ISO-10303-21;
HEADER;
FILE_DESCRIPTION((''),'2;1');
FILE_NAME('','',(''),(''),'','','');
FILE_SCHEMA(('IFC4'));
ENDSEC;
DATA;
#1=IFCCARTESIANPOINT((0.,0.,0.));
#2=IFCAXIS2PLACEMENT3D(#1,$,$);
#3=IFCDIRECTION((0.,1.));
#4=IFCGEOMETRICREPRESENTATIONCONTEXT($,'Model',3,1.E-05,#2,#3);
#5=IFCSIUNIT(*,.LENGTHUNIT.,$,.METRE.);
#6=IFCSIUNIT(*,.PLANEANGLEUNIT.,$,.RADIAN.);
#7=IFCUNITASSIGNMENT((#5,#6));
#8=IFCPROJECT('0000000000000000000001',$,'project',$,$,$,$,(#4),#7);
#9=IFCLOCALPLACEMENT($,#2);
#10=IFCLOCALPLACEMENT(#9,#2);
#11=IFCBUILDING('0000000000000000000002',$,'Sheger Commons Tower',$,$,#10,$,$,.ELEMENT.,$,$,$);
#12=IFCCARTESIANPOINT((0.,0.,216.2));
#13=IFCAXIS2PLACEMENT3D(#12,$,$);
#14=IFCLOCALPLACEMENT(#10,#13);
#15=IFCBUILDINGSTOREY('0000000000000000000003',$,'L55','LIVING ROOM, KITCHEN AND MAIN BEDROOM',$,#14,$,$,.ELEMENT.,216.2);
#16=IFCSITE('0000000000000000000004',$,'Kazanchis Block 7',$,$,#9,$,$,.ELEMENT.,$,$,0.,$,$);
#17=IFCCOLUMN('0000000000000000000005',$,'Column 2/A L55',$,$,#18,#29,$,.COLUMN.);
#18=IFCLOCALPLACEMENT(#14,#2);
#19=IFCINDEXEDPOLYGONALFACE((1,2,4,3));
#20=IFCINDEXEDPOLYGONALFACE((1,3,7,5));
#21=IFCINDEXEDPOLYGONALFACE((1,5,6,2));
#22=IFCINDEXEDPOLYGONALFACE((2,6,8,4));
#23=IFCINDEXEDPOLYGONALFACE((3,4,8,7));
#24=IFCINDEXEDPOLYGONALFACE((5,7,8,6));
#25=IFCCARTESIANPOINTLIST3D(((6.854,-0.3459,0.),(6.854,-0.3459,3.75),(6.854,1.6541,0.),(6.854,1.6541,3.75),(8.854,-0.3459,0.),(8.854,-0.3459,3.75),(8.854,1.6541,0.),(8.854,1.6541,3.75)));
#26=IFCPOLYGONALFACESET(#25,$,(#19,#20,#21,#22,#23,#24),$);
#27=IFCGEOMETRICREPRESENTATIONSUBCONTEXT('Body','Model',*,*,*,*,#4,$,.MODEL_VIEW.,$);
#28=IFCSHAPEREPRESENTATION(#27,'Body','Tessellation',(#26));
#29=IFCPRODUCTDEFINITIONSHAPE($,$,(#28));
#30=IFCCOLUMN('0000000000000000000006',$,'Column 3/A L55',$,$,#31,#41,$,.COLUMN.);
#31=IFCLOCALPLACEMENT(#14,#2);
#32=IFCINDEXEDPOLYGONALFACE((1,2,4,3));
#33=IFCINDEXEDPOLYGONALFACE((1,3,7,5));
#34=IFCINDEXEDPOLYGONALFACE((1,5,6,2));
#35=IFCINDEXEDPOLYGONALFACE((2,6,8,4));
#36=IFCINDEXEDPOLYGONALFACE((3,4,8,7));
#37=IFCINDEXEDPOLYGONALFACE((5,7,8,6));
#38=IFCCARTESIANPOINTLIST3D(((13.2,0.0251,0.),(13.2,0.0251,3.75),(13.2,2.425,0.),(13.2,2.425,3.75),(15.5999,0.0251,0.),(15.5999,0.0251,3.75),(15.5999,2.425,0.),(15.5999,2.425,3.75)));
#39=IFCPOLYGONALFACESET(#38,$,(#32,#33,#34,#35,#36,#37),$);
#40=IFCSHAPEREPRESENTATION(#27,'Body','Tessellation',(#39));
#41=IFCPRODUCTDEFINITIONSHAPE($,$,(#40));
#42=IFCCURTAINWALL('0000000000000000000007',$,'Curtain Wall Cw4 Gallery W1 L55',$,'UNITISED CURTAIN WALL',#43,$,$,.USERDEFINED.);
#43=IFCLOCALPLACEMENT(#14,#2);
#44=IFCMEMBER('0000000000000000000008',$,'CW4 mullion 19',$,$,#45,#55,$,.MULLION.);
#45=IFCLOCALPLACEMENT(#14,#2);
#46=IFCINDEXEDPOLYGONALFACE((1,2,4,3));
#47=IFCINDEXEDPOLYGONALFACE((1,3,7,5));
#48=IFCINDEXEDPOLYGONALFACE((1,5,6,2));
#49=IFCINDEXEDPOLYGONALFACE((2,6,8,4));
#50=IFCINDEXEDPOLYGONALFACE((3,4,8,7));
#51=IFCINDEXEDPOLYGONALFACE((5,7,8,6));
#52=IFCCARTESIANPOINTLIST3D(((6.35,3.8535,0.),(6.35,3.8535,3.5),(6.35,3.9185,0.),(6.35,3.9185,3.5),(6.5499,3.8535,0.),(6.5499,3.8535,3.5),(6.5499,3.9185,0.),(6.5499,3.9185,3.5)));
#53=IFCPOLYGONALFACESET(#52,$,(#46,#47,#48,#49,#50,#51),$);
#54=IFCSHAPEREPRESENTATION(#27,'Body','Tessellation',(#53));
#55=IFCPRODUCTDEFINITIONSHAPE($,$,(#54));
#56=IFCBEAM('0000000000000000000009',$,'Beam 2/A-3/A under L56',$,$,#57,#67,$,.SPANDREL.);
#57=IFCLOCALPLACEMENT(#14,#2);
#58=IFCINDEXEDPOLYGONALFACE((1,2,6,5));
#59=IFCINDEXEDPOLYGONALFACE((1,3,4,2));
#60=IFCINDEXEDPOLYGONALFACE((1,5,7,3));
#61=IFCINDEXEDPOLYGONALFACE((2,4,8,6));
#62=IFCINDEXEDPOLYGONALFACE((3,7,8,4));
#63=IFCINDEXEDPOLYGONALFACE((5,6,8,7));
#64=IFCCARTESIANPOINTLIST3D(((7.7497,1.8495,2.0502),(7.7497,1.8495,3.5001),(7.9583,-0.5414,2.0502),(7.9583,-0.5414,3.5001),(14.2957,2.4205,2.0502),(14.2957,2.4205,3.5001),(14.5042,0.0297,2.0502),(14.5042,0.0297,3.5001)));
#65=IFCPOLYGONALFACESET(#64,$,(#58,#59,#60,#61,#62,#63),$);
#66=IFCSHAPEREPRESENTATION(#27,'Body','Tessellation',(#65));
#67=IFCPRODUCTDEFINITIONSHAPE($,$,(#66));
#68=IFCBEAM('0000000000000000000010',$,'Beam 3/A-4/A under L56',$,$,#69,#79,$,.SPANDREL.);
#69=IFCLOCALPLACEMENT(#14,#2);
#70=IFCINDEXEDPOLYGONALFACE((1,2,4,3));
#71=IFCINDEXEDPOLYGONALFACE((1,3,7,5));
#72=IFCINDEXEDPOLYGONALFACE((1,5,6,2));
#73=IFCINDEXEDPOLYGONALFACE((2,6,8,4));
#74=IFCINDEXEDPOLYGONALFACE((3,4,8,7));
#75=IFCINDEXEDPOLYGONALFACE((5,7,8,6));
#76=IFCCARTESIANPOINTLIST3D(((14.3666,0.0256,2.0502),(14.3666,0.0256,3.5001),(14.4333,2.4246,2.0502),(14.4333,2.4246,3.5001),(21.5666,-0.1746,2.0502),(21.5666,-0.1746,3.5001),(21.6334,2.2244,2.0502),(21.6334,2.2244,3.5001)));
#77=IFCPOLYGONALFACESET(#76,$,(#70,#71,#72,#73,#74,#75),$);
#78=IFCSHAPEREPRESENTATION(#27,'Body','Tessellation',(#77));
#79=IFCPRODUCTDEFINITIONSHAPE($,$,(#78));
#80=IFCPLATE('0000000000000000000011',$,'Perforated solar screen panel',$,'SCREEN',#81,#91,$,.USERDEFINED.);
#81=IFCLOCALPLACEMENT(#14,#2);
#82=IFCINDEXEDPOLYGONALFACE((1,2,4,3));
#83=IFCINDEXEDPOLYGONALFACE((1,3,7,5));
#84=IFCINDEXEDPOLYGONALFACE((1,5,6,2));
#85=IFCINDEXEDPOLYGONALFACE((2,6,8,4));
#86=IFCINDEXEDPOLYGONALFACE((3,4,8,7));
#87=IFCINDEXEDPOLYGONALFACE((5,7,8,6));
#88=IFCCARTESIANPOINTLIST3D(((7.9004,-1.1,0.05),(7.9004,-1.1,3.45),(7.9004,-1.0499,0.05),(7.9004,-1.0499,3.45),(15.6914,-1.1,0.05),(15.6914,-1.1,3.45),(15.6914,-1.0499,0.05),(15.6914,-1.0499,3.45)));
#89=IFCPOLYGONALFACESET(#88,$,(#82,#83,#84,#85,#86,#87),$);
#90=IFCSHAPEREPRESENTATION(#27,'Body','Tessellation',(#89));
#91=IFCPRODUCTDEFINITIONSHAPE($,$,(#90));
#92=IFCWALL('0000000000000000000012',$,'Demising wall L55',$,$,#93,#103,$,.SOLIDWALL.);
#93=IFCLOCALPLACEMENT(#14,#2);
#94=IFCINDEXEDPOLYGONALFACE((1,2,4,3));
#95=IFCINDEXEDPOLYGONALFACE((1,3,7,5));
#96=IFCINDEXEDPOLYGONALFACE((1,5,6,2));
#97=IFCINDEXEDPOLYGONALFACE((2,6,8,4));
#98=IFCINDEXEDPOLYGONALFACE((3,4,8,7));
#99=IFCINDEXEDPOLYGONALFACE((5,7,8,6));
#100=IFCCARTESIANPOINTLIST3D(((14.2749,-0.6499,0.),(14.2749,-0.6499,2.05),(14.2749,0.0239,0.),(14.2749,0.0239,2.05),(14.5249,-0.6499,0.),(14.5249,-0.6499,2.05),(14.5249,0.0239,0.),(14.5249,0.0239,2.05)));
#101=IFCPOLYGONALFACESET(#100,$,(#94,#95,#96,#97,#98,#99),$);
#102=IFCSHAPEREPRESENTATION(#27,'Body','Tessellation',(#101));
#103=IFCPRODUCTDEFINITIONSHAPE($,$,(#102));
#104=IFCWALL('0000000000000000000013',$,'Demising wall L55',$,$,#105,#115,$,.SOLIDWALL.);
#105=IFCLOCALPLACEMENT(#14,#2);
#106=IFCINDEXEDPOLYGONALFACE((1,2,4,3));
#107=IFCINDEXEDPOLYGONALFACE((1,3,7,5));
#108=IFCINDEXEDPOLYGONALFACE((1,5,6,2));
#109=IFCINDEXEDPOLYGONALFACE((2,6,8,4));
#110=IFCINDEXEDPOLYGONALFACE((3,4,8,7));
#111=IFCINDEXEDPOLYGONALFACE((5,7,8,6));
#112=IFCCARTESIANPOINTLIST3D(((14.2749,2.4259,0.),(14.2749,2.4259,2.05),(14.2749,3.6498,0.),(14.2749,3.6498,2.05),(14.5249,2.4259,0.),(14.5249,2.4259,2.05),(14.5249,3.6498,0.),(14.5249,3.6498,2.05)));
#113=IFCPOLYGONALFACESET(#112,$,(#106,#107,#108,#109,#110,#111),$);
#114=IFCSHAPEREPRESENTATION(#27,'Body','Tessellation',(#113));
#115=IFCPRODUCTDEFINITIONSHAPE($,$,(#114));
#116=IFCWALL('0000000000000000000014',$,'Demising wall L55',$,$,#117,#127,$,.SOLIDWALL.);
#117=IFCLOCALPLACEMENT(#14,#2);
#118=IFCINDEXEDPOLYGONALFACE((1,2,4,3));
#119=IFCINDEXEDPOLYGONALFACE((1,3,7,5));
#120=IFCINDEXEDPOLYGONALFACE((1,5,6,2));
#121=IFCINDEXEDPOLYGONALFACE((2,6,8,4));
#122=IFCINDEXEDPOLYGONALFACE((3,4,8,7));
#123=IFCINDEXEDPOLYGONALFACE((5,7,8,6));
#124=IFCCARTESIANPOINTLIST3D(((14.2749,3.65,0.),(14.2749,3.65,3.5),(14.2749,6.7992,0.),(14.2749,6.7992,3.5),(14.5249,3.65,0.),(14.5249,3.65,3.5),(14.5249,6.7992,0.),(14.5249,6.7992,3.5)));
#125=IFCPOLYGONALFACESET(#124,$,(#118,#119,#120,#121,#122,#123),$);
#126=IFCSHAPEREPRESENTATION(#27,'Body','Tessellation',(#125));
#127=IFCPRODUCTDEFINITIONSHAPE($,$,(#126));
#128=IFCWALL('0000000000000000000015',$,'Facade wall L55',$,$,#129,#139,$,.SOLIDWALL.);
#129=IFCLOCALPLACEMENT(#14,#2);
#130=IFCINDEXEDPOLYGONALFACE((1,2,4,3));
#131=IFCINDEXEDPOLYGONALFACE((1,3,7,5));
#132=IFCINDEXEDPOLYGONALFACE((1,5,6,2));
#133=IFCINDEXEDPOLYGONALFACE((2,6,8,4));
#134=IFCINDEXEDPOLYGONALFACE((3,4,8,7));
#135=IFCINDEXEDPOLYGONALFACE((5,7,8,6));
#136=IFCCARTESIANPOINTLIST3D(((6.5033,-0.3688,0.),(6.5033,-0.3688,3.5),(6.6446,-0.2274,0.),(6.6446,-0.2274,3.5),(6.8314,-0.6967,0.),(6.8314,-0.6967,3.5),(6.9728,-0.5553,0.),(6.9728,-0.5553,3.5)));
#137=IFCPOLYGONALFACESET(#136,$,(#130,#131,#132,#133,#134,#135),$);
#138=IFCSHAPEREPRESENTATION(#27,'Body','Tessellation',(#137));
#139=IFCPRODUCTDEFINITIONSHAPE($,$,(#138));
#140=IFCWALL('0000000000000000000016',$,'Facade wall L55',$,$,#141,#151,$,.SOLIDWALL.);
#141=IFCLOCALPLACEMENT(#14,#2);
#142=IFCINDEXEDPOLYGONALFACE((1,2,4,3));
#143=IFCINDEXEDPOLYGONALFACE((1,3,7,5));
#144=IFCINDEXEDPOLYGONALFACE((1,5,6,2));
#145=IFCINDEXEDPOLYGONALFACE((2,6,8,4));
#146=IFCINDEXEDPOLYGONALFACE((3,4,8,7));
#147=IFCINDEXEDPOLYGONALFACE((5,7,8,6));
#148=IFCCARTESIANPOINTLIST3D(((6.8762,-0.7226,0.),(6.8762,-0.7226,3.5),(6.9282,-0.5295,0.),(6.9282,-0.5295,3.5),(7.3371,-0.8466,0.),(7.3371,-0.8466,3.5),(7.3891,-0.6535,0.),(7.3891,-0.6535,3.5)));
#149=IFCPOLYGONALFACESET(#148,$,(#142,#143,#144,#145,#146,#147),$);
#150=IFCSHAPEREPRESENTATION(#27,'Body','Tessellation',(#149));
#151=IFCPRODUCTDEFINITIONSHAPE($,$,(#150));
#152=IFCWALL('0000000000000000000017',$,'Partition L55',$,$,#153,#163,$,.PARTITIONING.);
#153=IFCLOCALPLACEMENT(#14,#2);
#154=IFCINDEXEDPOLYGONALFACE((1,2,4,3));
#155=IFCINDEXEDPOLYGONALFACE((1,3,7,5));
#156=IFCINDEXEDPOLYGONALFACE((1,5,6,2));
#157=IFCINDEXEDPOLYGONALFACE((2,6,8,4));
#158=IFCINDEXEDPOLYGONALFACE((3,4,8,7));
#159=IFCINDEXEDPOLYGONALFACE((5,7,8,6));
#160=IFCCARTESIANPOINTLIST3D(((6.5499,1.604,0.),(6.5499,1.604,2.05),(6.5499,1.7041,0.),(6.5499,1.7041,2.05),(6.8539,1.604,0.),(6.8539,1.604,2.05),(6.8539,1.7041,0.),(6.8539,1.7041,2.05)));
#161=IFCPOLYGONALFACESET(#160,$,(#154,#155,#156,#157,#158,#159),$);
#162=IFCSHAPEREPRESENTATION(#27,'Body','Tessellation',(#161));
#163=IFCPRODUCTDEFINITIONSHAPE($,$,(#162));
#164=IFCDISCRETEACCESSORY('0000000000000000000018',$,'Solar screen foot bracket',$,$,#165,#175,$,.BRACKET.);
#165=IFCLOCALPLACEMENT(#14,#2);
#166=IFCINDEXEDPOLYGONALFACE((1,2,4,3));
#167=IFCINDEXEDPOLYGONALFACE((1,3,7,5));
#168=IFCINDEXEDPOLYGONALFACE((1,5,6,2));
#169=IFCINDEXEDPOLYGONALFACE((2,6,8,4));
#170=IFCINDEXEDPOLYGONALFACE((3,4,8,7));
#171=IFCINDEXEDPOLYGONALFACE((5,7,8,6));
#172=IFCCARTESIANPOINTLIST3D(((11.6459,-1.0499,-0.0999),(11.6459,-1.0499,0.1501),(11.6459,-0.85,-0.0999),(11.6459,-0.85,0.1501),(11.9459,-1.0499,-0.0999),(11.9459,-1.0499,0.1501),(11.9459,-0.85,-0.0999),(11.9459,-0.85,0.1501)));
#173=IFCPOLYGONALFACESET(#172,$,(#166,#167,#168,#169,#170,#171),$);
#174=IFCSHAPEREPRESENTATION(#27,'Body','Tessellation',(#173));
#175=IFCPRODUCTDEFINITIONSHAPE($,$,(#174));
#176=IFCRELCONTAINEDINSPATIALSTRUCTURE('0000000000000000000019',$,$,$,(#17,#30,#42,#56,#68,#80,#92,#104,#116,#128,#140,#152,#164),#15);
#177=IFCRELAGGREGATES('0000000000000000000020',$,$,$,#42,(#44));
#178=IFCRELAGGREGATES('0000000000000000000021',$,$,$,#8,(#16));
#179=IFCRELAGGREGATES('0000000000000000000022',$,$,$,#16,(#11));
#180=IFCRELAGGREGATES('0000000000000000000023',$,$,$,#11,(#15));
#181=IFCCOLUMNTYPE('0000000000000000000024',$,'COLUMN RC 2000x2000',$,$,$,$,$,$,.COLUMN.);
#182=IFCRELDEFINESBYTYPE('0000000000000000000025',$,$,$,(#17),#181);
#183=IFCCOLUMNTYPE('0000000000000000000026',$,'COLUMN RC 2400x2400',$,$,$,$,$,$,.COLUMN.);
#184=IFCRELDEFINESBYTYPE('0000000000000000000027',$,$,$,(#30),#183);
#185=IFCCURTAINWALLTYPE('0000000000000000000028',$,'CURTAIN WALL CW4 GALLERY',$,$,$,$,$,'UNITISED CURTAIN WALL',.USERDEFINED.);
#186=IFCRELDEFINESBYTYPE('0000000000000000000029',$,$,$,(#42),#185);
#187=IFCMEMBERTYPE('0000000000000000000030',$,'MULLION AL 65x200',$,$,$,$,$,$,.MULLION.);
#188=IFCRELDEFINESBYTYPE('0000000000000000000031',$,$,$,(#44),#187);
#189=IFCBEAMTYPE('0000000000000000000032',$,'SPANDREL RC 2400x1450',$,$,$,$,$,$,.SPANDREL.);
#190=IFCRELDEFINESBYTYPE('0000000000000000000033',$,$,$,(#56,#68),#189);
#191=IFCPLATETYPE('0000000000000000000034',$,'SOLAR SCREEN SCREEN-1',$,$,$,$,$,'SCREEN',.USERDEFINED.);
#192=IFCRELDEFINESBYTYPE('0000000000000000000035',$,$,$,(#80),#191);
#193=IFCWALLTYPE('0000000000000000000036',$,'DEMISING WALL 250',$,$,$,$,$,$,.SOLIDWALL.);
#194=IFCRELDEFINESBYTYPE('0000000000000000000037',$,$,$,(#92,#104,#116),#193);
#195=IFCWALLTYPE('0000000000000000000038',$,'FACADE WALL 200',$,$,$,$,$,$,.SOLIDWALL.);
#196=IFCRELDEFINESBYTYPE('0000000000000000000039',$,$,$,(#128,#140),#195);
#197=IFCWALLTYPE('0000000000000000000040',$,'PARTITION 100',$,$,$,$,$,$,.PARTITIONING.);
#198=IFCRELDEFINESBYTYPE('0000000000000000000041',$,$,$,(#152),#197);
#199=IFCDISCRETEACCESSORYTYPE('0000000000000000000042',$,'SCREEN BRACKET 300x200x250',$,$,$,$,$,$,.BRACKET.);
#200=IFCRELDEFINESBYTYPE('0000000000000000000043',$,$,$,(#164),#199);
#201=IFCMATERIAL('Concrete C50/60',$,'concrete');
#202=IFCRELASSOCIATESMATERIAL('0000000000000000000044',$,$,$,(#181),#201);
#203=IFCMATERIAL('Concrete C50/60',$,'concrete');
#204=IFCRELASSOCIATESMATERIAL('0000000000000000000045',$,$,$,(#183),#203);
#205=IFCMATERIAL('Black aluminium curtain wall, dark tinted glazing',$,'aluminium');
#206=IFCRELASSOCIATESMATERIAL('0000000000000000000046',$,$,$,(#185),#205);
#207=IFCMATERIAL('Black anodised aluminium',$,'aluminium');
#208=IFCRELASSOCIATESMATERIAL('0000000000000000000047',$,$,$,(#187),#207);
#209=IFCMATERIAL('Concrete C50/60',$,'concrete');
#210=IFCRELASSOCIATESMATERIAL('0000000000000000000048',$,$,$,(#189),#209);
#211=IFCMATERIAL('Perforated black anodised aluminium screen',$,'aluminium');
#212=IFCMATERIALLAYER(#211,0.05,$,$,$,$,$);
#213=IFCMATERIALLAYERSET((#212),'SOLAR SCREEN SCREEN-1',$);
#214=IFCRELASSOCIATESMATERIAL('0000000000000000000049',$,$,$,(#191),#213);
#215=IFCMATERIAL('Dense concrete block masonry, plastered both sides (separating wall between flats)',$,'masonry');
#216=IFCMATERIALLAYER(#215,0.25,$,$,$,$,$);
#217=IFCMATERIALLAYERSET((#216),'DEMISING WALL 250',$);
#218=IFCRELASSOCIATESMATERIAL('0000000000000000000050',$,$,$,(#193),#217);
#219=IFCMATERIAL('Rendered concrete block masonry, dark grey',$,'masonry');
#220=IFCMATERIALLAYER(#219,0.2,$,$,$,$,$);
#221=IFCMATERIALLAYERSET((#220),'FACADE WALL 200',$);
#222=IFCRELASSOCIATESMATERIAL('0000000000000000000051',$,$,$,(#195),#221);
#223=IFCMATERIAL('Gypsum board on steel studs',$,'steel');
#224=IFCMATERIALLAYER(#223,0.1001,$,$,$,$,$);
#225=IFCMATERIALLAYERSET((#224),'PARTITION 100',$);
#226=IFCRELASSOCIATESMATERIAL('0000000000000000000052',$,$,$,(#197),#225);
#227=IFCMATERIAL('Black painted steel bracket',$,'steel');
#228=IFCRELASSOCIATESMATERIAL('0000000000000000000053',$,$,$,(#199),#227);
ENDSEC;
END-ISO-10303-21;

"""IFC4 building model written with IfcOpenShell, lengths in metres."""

from ifc_helpers import new_model, si_unit, direction, frame, frame_2d, origin, origin_2d, place, context, subcontext, project, spatial, rectangle, extrude, material, layer, layer_set, material_profile, profile_set, type_object, element, aggregate, save


model = new_model("IFC4")

# Units and contexts
model_context = context("Model", 3, precision=1e-05, world=origin(), true_north=direction((0.0, 1.0)))
body_context = subcontext(model_context, "Body", "Model", "MODEL_VIEW")
ifc_project = project(units=[si_unit("LENGTHUNIT", "METRE"), si_unit("PLANEANGLEUNIT", "RADIAN")], contexts=[model_context])

# Site, building, storey
site_placement = place(None, origin())
site = spatial("IfcSite", under=ifc_project, at=site_placement, Name="Kazanchis Block 7", CompositionType="ELEMENT", RefElevation=0.0)
building_placement = place(site_placement, origin())
building = spatial("IfcBuilding", under=site, at=building_placement, Name="Sheger Commons Tower", CompositionType="ELEMENT")
storey_placement = place(building_placement, frame((0.0, 0.0, 216.2)))
storey = spatial("IfcBuildingStorey", under=building, at=storey_placement, Name="L55", Description="LIVING ROOM, KITCHEN AND MAIN BEDROOM", CompositionType="ELEMENT", Elevation=216.2)

# Columns
ifc_material_1 = material(Name="Concrete C50/60", Category="concrete")
ifc_material_profile_1 = material_profile(ifc_material_1, rectangle(XDim=2.0, YDim=2.0, at=origin_2d()), Name="RC 2000x2000")
ifc_profile_set_1 = profile_set([ifc_material_profile_1], Name="Concrete C50/60")
column_type_1 = type_object("IfcColumnType", Name="COLUMN RC 2000x2000", PredefinedType="COLUMN", material=ifc_profile_set_1)
column_1_placement = place(storey_placement, frame((7.854, 0.6541, 0.0), z_axis=(0.0, 0.0, 1.0), x_axis=(1.0, 0.0, 0.0)))
element("IfcColumn", 1, at=column_1_placement, inside=storey, type_object=column_type_1, Name="Column 2/A L55", PredefinedType="COLUMN", context=body_context, shape_type="SweptSolid", body=[
    extrude(rectangle(XDim=2.0, YDim=2.0, at=origin_2d()), origin(), (0.0, 0.0, 1.0), 3.75),
])
ifc_material_2 = material(Name="Concrete C50/60", Category="concrete")
ifc_material_profile_2 = material_profile(ifc_material_2, rectangle(XDim=2.3999, YDim=2.3999, at=origin_2d()), Name="RC 2400x2400")
ifc_profile_set_2 = profile_set([ifc_material_profile_2], Name="Concrete C50/60")
column_type_2 = type_object("IfcColumnType", Name="COLUMN RC 2400x2400", PredefinedType="COLUMN", material=ifc_profile_set_2)
column_2_placement = place(storey_placement, frame((14.3999, 1.2251, 0.0), z_axis=(0.0, 0.0, 1.0), x_axis=(1.0, 0.0, 0.0)))
element("IfcColumn", 2, at=column_2_placement, inside=storey, type_object=column_type_2, Name="Column 3/A L55", PredefinedType="COLUMN", context=body_context, shape_type="SweptSolid", body=[
    extrude(rectangle(XDim=2.3999, YDim=2.3999, at=origin_2d()), origin(), (0.0, 0.0, 1.0), 3.75),
])

# Curtain wall, member
ifc_material_3 = material(Name="Black aluminium curtain wall, dark tinted glazing", Category="aluminium")
curtain_wall_type = type_object("IfcCurtainWallType", Name="CURTAIN WALL CW4 GALLERY", ElementType="UNITISED CURTAIN WALL", PredefinedType="USERDEFINED", material=ifc_material_3)
curtain_wall_placement = place(storey_placement, origin())
curtain_wall = element("IfcCurtainWall", 3, at=curtain_wall_placement, inside=storey, type_object=curtain_wall_type, Name="Curtain Wall Cw4 Gallery W1 L55", ObjectType="UNITISED CURTAIN WALL", PredefinedType="USERDEFINED")
ifc_material_4 = material(Name="Black anodised aluminium", Category="aluminium")
ifc_material_profile_3 = material_profile(ifc_material_4, rectangle(XDim=0.2, YDim=0.0649, at=origin_2d()), Name="AL 65x200")
ifc_profile_set_3 = profile_set([ifc_material_profile_3], Name="Black anodised aluminium")
member_type = type_object("IfcMemberType", Name="MULLION AL 65x200", PredefinedType="MULLION", material=ifc_profile_set_3)
member_placement = place(storey_placement, frame((6.45, 3.886, 0.0), z_axis=(0.0, 0.0, 1.0), x_axis=(1.0, 0.0, 0.0)))
member = element("IfcMember", 4, at=member_placement, type_object=member_type, Name="CW4 mullion 19", PredefinedType="MULLION", context=body_context, shape_type="SweptSolid", body=[
    extrude(rectangle(XDim=0.2, YDim=0.0649, at=origin_2d()), origin(), (0.0, 0.0, 1.0), 3.5),
])
aggregate(curtain_wall, [member])

# Beams
ifc_material_5 = material(Name="Concrete C50/60", Category="concrete")
ifc_material_profile_4 = material_profile(ifc_material_5, rectangle(XDim=2.3999, YDim=1.45, at=origin_2d()), Name="RC 2400x1450")
ifc_profile_set_4 = profile_set([ifc_material_profile_4], Name="Concrete C50/60")
beam_type = type_object("IfcBeamType", Name="SPANDREL RC 2400x1450", PredefinedType="SPANDREL", material=ifc_profile_set_4)
beam_1_placement = place(storey_placement, frame((7.854, 0.6541, 2.7751), z_axis=(0.996216, 0.086907, 0.0), x_axis=(-0.086907, 0.996216, 0.0)))
element("IfcBeam", 5, at=beam_1_placement, inside=storey, type_object=beam_type, Name="Beam 2/A-3/A under L56", PredefinedType="SPANDREL", context=body_context, shape_type="SweptSolid", body=[
    extrude(rectangle(XDim=2.3999, YDim=1.45, at=origin_2d()), origin(), (0.0, 0.0, 1.0), 6.5708),
])
beam_2_placement = place(storey_placement, frame((14.3999, 1.2251, 2.7751), z_axis=(0.999614, -0.027793, 0.0), x_axis=(0.027793, 0.999614, 0.0)))
element("IfcBeam", 6, at=beam_2_placement, inside=storey, type_object=beam_type, Name="Beam 3/A-4/A under L56", PredefinedType="SPANDREL", context=body_context, shape_type="SweptSolid", body=[
    extrude(rectangle(XDim=2.3999, YDim=1.45, at=origin_2d()), origin(), (0.0, 0.0, 1.0), 7.2029),
])

# Plate
ifc_material_6 = material(Name="Perforated black anodised aluminium screen", Category="aluminium")
ifc_layer_1 = layer(ifc_material_6, 0.05)
ifc_layer_set_1 = layer_set([ifc_layer_1], Name="SOLAR SCREEN SCREEN-1")
plate_type = type_object("IfcPlateType", Name="SOLAR SCREEN SCREEN-1", ElementType="SCREEN", PredefinedType="USERDEFINED", material=ifc_layer_set_1)
plate_placement = place(storey_placement, frame((11.7959, -1.075, 0.05), z_axis=(0.0, 0.0, 1.0), x_axis=(1.0, 0.0, 0.0)))
element("IfcPlate", 7, at=plate_placement, inside=storey, type_object=plate_type, Name="Perforated solar screen panel", ObjectType="SCREEN", PredefinedType="USERDEFINED", context=body_context, shape_type="SweptSolid", body=[
    extrude(rectangle(XDim=7.791, YDim=0.05, at=origin_2d()), origin(), (0.0, 0.0, 1.0), 3.3999),
])

# Walls
ifc_material_7 = material(Name="Dense concrete block masonry, plastered both sides (separating wall between flats)", Category="masonry")
ifc_layer_2 = layer(ifc_material_7, 0.25)
ifc_layer_set_2 = layer_set([ifc_layer_2], Name="DEMISING WALL 250")
wall_type_1 = type_object("IfcWallType", Name="DEMISING WALL 250", PredefinedType="SOLIDWALL", material=ifc_layer_set_2)
wall_1_placement = place(storey_placement, frame((14.3999, -0.6499, 0.0), z_axis=(0.0, 0.0, 1.0), x_axis=(0.0, 1.0, 0.0)))
element("IfcWall", 8, at=wall_1_placement, inside=storey, type_object=wall_type_1, Name="Demising wall L55", PredefinedType="SOLIDWALL", context=body_context, shape_type="SweptSolid", body=[
    extrude(rectangle(XDim=0.6738, YDim=0.25, at=frame_2d((0.3369, 0.0))), origin(), (0.0, 0.0, 1.0), 2.05),
])
wall_2_placement = place(storey_placement, frame((14.3999, 2.426, 0.0), z_axis=(0.0, 0.0, 1.0), x_axis=(0.0, 1.0, 0.0)))
element("IfcWall", 9, at=wall_2_placement, inside=storey, type_object=wall_type_1, Name="Demising wall L55", PredefinedType="SOLIDWALL", context=body_context, shape_type="SweptSolid", body=[
    extrude(rectangle(XDim=1.2239, YDim=0.25, at=frame_2d((0.6118, 0.0))), origin(), (0.0, 0.0, 1.0), 2.05),
])
wall_3_placement = place(storey_placement, frame((14.3999, 3.6499, 0.0), z_axis=(0.0, 0.0, 1.0), x_axis=(0.0, 1.0, 0.0)))
element("IfcWall", 10, at=wall_3_placement, inside=storey, type_object=wall_type_1, Name="Demising wall L55", PredefinedType="SOLIDWALL", context=body_context, shape_type="SweptSolid", body=[
    extrude(rectangle(XDim=3.1492, YDim=0.25, at=frame_2d((1.5747, 0.0))), origin(), (0.0, 0.0, 1.0), 3.5),
])

# Shared definitions
ifc_material_8 = material(Name="Rendered concrete block masonry, dark grey", Category="masonry")
ifc_layer_3 = layer(ifc_material_8, 0.2)
ifc_layer_set_3 = layer_set([ifc_layer_3], Name="FACADE WALL 200")
wall_type_2 = type_object("IfcWallType", Name="FACADE WALL 200", PredefinedType="SOLIDWALL", material=ifc_layer_set_3)

# Walls
wall_4_placement = place(storey_placement, frame((6.574, -0.2981, 0.0), z_axis=(0.0, 0.0, 1.0), x_axis=(0.70737, -0.706844, 0.0)))
element("IfcWall", 11, at=wall_4_placement, inside=storey, type_object=wall_type_2, Name="Facade wall L55", PredefinedType="SOLIDWALL", context=body_context, shape_type="SweptSolid", body=[
    extrude(rectangle(XDim=0.4639, YDim=0.2, at=frame_2d((0.2319, 0.0))), origin(), (0.0, 0.0, 1.0), 3.5),
])
wall_5_placement = place(storey_placement, frame((6.9021, -0.626, 0.0), z_axis=(0.0, 0.0, 1.0), x_axis=(0.965655, -0.259827, 0.0)))
element("IfcWall", 12, at=wall_5_placement, inside=storey, type_object=wall_type_2, Name="Facade wall L55", PredefinedType="SOLIDWALL", context=body_context, shape_type="SweptSolid", body=[
    extrude(rectangle(XDim=0.4773, YDim=0.2, at=frame_2d((0.2388, 0.0))), origin(), (0.0, 0.0, 1.0), 3.5),
])
ifc_material_9 = material(Name="Gypsum board on steel studs", Category="steel")
ifc_layer_4 = layer(ifc_material_9, 0.1001)
ifc_layer_set_4 = layer_set([ifc_layer_4], Name="PARTITION 100")
wall_type_3 = type_object("IfcWallType", Name="PARTITION 100", PredefinedType="PARTITIONING", material=ifc_layer_set_4)
wall_6_placement = place(storey_placement, frame((6.55, 1.6541, 0.0), z_axis=(0.0, 0.0, 1.0), x_axis=(1.0, 0.0, 0.0)))
element("IfcWall", 13, at=wall_6_placement, inside=storey, type_object=wall_type_3, Name="Partition L55", PredefinedType="PARTITIONING", context=body_context, shape_type="SweptSolid", body=[
    extrude(rectangle(XDim=0.304, YDim=0.1001, at=frame_2d((0.1519, 0.0))), origin(), (0.0, 0.0, 1.0), 2.05),
])

# Discrete accessory
ifc_material_10 = material(Name="Black painted steel bracket", Category="steel")
discrete_accessory_type = type_object("IfcDiscreteAccessoryType", Name="SCREEN BRACKET 300x200x250", PredefinedType="BRACKET", material=ifc_material_10)
for number, where, z_axis, x_axis, name in (
    (14, (11.7959, -0.95, -0.0999), (0.0, 0.0, 1.0), (1.0, 0.0, 0.0), "Solar screen foot bracket"),
):
    element("IfcDiscreteAccessory", number, at=place(storey_placement, frame(where, z_axis=z_axis, x_axis=x_axis)), inside=storey, type_object=discrete_accessory_type, Name=name, PredefinedType="BRACKET", context=body_context, shape_type="SweptSolid", body=[
        extrude(rectangle(XDim=0.3, YDim=0.2, at=origin_2d()), origin(), (0.0, 0.0, 1.0), 0.25),
    ])

save(model, "model.ifc")
